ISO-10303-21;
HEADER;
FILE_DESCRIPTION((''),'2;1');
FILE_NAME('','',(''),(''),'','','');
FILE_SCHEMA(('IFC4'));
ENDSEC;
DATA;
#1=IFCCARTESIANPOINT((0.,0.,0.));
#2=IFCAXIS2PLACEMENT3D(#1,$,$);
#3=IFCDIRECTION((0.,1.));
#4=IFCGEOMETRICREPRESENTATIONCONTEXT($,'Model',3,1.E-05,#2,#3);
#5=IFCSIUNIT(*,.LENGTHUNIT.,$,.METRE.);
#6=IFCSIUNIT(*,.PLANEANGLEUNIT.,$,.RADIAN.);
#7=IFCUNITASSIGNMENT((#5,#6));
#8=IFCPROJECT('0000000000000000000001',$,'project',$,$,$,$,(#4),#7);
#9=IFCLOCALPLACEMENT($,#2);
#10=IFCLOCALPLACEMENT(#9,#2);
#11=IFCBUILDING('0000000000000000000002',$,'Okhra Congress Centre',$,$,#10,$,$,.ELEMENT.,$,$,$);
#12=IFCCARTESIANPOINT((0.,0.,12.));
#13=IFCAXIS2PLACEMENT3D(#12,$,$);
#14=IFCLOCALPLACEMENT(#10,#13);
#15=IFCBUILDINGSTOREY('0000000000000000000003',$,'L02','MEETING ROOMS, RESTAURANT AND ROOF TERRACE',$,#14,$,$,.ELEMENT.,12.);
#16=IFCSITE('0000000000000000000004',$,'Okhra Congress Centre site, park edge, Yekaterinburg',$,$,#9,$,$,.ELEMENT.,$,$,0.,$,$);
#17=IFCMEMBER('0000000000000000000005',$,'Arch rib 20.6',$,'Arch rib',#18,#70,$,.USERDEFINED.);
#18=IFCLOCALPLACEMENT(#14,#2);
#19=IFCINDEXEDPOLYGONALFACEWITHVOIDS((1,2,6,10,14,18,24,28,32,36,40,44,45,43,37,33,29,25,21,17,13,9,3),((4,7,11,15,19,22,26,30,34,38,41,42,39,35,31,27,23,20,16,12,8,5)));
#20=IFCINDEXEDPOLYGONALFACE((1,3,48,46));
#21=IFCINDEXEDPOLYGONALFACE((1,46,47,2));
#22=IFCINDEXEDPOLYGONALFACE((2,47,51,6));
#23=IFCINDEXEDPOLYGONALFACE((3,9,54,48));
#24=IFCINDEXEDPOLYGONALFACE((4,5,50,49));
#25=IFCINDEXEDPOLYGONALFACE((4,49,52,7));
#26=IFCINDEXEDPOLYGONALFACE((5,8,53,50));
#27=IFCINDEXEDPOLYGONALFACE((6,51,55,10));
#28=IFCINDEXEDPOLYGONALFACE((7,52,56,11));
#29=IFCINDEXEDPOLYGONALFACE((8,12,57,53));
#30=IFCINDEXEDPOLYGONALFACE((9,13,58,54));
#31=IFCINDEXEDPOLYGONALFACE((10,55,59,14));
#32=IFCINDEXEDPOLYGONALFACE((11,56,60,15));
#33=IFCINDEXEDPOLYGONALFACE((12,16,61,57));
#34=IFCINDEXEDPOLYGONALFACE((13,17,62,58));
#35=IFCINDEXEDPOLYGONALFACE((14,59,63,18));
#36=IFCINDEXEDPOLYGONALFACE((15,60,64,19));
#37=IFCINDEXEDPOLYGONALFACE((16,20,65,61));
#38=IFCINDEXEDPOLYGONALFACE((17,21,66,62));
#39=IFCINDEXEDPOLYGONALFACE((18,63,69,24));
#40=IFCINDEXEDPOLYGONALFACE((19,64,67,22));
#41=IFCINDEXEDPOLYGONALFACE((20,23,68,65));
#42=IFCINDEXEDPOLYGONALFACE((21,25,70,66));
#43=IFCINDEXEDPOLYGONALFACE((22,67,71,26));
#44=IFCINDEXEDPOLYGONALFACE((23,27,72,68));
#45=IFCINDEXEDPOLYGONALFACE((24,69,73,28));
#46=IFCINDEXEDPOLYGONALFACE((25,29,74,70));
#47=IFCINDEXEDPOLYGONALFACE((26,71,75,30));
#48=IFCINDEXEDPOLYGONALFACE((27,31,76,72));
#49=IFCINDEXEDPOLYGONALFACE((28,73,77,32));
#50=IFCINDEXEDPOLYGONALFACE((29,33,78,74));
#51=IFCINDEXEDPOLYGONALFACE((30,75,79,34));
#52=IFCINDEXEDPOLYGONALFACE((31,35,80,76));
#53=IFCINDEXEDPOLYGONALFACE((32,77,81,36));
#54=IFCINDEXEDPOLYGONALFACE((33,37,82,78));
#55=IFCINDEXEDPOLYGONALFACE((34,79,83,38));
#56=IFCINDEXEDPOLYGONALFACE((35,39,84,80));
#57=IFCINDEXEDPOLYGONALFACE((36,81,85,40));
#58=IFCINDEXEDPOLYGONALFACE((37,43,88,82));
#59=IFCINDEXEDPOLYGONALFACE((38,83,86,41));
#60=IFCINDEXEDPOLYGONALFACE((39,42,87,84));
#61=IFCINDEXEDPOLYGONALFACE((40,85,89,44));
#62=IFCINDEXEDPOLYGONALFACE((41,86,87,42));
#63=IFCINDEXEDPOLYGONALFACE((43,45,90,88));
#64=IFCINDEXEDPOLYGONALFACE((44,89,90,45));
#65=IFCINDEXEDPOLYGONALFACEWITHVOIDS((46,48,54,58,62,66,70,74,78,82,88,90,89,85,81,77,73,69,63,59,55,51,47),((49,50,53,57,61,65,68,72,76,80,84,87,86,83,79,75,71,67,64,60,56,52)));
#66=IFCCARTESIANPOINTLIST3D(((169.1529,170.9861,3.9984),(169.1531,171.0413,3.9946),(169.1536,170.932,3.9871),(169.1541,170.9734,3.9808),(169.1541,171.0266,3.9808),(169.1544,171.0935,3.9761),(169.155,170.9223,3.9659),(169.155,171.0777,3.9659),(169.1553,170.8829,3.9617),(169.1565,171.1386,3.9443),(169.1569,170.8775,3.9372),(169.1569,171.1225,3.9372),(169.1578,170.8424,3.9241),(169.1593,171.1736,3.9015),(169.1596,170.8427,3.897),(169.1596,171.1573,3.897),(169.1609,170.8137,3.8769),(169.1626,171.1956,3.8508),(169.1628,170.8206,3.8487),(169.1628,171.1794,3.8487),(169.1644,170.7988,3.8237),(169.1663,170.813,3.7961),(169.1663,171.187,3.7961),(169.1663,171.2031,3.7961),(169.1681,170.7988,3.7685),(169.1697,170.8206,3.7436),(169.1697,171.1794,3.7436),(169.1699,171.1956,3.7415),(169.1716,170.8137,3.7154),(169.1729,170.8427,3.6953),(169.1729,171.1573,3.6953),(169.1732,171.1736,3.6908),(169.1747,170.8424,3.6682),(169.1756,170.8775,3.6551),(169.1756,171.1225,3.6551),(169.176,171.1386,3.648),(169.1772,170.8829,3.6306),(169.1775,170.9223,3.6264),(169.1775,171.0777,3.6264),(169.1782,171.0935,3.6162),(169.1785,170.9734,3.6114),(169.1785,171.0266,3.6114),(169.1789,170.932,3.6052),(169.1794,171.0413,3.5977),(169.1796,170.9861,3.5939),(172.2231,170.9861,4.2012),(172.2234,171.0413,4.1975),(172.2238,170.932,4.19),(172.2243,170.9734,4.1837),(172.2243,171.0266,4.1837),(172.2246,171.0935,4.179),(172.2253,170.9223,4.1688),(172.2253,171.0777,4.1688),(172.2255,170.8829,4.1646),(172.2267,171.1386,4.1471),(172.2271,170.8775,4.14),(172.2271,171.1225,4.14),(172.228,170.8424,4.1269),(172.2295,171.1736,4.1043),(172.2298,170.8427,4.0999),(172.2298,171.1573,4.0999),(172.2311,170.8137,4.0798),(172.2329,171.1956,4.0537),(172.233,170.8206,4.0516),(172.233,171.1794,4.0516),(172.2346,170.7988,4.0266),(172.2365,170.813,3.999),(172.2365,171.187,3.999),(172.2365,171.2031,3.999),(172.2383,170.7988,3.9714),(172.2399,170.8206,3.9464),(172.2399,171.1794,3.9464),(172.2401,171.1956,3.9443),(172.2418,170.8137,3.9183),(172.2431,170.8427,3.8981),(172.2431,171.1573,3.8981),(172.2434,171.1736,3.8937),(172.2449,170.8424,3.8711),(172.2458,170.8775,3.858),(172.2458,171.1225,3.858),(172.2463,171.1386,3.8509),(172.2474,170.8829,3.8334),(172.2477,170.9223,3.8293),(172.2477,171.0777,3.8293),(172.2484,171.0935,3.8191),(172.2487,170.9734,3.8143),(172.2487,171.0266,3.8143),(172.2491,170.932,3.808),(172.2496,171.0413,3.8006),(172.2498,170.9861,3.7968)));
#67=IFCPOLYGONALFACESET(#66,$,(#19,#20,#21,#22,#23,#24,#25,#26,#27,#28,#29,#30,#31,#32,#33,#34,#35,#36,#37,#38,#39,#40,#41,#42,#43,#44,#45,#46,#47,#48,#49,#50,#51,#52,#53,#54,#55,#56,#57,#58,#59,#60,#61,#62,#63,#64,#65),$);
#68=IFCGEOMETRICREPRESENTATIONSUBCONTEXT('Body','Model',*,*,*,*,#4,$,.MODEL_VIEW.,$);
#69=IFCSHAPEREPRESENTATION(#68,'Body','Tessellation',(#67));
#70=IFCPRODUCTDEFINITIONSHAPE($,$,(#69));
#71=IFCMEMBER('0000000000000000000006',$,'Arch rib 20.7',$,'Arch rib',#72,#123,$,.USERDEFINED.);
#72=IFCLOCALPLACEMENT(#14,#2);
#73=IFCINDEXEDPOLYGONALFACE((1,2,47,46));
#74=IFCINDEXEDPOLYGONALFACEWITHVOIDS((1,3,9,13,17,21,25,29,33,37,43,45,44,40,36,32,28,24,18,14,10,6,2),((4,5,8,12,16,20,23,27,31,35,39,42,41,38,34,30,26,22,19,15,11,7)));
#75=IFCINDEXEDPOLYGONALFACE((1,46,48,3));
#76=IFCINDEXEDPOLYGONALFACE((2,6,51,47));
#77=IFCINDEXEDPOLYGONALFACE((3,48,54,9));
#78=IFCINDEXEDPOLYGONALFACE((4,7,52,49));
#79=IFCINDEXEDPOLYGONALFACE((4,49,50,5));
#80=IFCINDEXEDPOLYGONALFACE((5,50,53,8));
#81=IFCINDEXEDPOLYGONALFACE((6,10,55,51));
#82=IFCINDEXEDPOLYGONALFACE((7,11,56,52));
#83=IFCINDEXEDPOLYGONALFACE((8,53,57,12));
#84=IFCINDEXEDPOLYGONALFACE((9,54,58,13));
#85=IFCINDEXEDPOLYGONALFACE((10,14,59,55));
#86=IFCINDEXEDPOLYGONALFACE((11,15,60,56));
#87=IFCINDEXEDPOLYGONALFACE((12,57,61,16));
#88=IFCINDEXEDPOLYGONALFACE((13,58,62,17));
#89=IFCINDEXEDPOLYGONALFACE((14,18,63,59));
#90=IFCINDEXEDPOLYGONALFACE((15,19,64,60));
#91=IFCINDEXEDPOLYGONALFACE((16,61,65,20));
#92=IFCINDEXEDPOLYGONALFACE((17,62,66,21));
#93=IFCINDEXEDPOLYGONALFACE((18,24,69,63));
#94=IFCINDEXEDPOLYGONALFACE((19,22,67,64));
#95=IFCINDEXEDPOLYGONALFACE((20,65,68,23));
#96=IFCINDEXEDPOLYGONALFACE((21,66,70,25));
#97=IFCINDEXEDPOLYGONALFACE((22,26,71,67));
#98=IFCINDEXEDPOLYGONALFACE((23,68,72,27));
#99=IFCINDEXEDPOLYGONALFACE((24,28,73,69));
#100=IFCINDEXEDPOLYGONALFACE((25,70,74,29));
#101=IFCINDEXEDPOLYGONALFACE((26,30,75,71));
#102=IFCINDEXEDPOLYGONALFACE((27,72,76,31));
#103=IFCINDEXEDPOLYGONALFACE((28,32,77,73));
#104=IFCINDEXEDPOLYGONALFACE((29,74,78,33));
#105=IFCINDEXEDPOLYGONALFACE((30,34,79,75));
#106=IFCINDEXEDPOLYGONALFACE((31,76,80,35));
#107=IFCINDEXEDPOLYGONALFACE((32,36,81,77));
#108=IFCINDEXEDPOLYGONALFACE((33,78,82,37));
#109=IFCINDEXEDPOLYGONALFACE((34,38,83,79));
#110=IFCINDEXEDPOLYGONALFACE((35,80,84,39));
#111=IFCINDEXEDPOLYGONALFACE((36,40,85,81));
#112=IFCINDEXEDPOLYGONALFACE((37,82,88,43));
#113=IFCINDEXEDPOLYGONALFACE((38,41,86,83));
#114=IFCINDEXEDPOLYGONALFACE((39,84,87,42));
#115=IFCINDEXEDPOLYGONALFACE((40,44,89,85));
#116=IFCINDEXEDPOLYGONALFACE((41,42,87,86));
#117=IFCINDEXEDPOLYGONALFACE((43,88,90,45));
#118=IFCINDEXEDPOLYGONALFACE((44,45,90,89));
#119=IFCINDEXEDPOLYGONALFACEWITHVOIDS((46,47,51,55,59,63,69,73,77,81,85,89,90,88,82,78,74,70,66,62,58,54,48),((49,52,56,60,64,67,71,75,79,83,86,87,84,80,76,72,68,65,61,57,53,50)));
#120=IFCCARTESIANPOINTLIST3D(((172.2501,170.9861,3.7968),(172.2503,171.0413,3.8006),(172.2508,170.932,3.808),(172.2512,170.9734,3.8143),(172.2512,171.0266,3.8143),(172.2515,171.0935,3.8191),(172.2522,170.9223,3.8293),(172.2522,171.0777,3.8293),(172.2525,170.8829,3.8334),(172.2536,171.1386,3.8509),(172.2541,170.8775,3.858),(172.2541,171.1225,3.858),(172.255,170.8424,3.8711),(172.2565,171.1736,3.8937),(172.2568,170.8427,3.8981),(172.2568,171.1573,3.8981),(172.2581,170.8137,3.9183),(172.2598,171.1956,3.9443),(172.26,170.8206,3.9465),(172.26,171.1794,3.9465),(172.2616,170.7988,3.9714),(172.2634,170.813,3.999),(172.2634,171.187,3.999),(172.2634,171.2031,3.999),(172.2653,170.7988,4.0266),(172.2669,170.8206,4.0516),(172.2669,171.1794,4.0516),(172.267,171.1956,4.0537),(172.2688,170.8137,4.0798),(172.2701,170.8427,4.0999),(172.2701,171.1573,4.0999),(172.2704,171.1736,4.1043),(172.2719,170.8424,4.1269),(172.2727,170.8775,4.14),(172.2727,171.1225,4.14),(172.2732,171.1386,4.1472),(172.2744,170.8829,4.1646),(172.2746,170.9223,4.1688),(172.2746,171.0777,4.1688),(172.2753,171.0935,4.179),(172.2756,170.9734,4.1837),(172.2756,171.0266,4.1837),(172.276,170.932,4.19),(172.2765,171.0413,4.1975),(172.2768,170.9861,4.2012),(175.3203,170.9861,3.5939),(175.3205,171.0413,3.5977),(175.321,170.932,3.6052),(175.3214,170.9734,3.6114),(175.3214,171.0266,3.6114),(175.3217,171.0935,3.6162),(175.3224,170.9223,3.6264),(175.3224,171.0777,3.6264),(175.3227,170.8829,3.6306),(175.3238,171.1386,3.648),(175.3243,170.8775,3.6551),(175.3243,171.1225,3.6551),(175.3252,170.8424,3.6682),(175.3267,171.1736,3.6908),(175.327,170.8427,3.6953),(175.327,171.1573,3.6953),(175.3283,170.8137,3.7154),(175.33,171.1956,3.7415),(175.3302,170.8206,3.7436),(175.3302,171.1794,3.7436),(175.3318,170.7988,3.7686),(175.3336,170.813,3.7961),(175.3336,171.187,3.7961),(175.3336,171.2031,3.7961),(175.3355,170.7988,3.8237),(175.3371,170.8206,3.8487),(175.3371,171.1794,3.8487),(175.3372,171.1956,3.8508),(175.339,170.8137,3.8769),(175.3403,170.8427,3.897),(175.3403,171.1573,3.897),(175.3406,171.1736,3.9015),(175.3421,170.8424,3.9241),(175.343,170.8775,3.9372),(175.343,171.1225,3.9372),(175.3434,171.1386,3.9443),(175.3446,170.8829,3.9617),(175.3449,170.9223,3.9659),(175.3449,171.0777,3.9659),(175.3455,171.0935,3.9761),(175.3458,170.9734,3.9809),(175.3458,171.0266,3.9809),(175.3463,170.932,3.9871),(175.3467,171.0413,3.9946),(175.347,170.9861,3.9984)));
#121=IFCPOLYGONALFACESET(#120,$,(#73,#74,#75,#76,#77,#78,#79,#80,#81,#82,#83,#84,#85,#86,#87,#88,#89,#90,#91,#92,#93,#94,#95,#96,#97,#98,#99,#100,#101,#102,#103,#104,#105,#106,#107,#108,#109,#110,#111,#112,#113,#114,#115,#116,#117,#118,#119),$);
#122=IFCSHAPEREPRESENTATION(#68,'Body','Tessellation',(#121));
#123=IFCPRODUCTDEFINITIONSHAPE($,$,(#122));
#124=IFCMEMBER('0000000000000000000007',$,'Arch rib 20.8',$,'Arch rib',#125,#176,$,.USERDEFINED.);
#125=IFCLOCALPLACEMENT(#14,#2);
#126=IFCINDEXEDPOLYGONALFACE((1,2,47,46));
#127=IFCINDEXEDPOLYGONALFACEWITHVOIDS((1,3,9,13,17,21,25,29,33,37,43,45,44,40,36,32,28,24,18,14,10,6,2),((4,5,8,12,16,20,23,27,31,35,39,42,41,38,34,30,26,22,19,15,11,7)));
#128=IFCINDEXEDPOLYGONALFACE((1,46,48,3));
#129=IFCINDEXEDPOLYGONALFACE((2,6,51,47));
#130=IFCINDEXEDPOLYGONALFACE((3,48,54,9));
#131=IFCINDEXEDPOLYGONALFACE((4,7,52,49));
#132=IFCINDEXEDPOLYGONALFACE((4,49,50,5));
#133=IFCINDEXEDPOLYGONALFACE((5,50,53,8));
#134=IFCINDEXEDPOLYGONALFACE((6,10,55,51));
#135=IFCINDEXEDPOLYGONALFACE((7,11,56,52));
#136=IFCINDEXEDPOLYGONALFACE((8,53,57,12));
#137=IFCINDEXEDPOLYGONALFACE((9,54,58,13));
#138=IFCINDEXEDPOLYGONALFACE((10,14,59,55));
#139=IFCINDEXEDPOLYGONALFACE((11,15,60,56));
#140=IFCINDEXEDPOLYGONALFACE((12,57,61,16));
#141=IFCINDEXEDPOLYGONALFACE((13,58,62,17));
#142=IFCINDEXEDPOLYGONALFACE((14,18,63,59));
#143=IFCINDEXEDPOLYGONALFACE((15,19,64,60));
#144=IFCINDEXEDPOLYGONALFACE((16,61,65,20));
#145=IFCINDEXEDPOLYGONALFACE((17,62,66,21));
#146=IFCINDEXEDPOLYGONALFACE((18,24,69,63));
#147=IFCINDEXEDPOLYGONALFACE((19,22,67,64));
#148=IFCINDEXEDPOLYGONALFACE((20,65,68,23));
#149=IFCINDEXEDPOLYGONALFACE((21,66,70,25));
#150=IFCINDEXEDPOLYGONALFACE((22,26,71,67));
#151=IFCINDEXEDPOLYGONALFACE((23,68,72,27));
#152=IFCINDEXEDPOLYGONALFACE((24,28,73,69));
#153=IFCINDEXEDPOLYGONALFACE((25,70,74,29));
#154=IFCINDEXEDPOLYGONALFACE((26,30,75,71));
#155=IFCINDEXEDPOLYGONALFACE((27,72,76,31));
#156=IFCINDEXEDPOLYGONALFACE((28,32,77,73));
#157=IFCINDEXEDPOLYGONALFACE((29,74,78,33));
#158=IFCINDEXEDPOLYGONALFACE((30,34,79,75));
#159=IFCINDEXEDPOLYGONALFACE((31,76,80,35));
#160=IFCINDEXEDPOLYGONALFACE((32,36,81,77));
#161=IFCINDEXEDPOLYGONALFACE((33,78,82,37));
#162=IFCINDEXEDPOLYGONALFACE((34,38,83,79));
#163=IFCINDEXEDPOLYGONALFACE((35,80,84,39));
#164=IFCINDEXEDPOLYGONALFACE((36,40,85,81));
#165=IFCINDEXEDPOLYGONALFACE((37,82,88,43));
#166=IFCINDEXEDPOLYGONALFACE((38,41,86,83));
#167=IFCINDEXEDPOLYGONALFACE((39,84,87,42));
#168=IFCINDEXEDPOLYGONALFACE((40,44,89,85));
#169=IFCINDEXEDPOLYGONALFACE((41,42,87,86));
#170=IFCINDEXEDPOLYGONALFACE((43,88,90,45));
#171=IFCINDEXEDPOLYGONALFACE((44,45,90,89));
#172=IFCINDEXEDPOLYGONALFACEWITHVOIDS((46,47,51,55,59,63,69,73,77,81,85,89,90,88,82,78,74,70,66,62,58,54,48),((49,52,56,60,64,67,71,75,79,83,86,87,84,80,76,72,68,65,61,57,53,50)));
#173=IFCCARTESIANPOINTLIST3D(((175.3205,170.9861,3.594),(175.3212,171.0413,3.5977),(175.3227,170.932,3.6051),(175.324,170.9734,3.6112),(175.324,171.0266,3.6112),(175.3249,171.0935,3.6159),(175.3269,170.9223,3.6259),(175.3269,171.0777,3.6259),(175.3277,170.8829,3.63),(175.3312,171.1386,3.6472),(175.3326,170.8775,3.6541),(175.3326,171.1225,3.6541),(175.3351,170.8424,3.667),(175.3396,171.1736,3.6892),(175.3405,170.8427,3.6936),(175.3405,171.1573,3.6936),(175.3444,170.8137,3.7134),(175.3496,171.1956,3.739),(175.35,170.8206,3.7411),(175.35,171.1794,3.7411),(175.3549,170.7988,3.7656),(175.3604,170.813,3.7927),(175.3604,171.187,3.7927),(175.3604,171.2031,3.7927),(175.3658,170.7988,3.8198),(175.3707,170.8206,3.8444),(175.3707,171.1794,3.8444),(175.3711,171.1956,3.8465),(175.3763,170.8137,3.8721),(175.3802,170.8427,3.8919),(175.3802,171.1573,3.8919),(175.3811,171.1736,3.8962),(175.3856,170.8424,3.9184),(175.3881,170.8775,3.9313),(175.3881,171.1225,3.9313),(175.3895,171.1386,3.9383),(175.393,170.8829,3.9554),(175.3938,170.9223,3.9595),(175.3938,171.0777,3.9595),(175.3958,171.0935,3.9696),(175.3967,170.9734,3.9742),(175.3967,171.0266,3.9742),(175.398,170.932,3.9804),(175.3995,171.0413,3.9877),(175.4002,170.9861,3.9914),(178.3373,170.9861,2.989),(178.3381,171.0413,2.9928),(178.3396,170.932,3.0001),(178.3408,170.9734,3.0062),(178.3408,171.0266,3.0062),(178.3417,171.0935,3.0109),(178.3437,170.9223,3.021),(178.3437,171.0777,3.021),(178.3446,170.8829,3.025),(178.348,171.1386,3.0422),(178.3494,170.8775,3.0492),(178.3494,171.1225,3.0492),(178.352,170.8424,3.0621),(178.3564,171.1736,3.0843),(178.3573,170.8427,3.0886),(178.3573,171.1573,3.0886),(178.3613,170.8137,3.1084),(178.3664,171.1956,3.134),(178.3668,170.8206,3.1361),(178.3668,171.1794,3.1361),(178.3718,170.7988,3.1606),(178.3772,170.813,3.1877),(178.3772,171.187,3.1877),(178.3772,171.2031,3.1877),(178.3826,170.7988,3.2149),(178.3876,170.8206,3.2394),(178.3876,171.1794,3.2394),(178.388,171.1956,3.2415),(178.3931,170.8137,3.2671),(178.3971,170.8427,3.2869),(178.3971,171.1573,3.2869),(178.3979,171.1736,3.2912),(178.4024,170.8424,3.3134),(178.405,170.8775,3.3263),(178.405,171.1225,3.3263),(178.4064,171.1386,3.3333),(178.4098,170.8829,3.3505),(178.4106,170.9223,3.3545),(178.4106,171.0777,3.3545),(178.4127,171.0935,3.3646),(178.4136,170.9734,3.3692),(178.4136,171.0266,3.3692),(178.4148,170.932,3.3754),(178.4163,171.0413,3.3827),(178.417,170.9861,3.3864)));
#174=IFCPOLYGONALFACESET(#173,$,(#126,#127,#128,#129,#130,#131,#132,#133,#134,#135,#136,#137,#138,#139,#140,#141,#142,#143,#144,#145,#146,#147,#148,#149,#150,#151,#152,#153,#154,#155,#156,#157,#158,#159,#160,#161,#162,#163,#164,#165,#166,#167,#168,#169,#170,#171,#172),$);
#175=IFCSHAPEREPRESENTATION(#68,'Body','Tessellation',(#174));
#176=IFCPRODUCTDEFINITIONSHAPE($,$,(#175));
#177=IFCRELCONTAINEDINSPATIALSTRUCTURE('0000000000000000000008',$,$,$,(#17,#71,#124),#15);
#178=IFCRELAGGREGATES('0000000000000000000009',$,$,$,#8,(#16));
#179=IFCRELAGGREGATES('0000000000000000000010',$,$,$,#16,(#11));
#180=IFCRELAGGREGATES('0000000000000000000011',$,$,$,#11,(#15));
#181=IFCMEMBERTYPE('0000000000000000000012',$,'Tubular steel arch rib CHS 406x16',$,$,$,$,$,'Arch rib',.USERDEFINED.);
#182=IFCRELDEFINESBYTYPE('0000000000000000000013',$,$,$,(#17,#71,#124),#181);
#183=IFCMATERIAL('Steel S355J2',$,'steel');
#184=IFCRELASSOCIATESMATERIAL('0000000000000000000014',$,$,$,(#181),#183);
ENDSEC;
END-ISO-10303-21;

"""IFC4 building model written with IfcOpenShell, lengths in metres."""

from ifc_helpers import new_model, si_unit, direction, frame, origin, origin_2d, place, context, subcontext, project, spatial, hollow_circle, extrude, material, material_profile, profile_set, type_object, element, save


model = new_model("IFC4")

# Units and contexts
model_context = context("Model", 3, precision=1e-05, world=origin(), true_north=direction((0.0, 1.0)))
body_context = subcontext(model_context, "Body", "Model", "MODEL_VIEW")
ifc_project = project(units=[si_unit("LENGTHUNIT", "METRE"), si_unit("PLANEANGLEUNIT", "RADIAN")], contexts=[model_context])

# Site, building, storey
site_placement = place(None, origin())
site = spatial("IfcSite", under=ifc_project, at=site_placement, Name="Okhra Congress Centre site, park edge, Yekaterinburg", CompositionType="ELEMENT", RefElevation=0.0)
building_placement = place(site_placement, origin())
building = spatial("IfcBuilding", under=site, at=building_placement, Name="Okhra Congress Centre", CompositionType="ELEMENT")
storey_placement = place(building_placement, frame((0.0, 0.0, 12.0)))
storey = spatial("IfcBuildingStorey", under=building, at=storey_placement, Name="L02", Description="MEETING ROOMS, RESTAURANT AND ROOF TERRACE", CompositionType="ELEMENT", Elevation=12.0)

# Members
ifc_material_1 = material(Name="Steel S355J2", Category="steel")
ifc_material_profile_1 = material_profile(ifc_material_1, hollow_circle(Radius=0.2031, WallThickness=0.0161, at=origin_2d()), Name="CHS 406.4x16")
ifc_profile_set_1 = profile_set([ifc_material_profile_1], Name="Steel S355J2")
member_type_1 = type_object("IfcMemberType", Name="Tubular steel arch rib CHS 406x16", ElementType="Arch rib", PredefinedType="USERDEFINED", material=ifc_profile_set_1)
for number, where, z_axis, x_axis, name in (
    (1, (169.1663, 171.0, 3.7961), (0.997824, 0.0, 0.065934), (0.0, 1.0, 0.0), "Arch rib 20.6"),
    (2, (172.2634, 171.0, 3.999), (0.997824, 0.0, -0.065934), (0.0, 1.0, 0.0), "Arch rib 20.7"),
    (3, (175.3604, 171.0, 3.7927), (0.98048, 0.0, -0.19662), (0.0, 1.0, 0.0), "Arch rib 20.8"),
):
    element("IfcMember", number, at=place(storey_placement, frame(where, z_axis=z_axis, x_axis=x_axis)), inside=storey, type_object=member_type_1, Name=name, ObjectType="Arch rib", PredefinedType="USERDEFINED", context=body_context, shape_type="SweptSolid", body=[
        extrude(hollow_circle(Radius=0.2031, WallThickness=0.0161, at=origin_2d()), origin(), (0.0, 0.0, 1.0), 3.0769),
    ])

save(model, "model.ifc")
